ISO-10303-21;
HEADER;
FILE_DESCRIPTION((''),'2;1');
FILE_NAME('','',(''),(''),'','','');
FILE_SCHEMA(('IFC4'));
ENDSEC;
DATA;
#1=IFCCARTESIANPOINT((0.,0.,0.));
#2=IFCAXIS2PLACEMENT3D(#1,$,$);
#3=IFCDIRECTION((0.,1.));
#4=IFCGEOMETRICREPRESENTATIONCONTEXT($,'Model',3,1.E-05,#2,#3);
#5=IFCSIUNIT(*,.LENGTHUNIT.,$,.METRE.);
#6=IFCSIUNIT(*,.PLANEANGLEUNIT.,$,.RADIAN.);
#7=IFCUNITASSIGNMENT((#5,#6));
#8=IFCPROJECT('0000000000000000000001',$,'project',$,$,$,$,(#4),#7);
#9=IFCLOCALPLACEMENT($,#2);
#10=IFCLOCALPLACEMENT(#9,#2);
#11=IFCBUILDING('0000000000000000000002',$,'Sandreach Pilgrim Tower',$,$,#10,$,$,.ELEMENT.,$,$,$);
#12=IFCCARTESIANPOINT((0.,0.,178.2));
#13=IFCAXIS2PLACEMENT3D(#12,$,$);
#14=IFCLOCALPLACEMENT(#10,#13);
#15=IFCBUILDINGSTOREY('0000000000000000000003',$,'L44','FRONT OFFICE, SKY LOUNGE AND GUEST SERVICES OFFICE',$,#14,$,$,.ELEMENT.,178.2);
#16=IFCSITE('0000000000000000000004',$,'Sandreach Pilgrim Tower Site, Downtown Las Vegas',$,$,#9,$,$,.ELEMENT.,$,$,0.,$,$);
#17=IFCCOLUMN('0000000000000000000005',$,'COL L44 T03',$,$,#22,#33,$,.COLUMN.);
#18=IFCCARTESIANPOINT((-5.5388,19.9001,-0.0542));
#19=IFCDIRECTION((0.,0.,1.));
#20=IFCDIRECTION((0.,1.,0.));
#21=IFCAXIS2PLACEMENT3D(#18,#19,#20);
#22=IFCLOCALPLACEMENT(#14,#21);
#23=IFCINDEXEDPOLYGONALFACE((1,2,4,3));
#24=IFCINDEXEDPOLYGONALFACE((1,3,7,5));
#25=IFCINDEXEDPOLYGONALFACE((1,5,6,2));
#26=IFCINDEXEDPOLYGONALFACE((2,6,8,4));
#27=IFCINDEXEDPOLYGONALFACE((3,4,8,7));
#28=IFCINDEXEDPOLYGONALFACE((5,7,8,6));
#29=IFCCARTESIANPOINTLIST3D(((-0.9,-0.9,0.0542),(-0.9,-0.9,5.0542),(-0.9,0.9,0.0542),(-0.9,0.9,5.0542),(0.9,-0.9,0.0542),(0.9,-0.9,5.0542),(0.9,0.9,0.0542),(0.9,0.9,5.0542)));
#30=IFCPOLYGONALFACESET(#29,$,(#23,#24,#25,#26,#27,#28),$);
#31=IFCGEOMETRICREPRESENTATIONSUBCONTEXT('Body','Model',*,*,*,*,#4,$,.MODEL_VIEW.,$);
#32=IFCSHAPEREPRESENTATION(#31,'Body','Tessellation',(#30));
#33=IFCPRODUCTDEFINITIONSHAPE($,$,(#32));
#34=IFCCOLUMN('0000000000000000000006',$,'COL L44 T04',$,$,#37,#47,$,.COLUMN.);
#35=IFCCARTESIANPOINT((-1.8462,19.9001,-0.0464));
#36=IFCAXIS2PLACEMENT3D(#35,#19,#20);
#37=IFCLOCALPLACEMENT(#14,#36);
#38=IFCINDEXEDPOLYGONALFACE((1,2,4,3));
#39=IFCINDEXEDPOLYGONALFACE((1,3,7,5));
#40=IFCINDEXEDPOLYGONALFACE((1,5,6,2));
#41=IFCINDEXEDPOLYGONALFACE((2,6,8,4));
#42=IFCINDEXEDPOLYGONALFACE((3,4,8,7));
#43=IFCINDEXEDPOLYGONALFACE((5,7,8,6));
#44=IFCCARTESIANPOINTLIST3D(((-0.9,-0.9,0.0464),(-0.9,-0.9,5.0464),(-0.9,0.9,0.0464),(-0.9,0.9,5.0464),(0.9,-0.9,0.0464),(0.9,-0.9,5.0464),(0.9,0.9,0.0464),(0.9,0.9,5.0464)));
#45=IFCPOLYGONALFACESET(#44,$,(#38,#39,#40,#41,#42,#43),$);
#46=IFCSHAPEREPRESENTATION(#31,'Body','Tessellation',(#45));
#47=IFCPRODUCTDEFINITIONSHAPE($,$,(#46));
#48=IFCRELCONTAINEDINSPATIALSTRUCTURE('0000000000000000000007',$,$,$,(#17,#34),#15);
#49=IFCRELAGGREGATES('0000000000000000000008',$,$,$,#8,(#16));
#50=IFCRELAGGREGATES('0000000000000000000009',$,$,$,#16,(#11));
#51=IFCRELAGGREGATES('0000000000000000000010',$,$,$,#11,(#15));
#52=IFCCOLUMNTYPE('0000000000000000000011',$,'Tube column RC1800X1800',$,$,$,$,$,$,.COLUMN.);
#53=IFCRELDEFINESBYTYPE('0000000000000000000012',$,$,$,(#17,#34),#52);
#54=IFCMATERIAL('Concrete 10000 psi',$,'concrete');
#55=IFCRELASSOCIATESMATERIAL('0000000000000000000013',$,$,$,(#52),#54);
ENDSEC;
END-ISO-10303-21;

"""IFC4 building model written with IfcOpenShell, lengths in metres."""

from ifc_helpers import new_model, si_unit, direction, frame, origin, origin_2d, place, context, subcontext, project, spatial, rectangle, extrude, clip, halfspace, material, material_profile, profile_set, type_object, element, save


model = new_model("IFC4")

# Units and contexts
model_context = context("Model", 3, precision=1e-05, world=origin(), true_north=direction((0.0, 1.0)))
body_context = subcontext(model_context, "Body", "Model", "MODEL_VIEW")
ifc_project = project(units=[si_unit("LENGTHUNIT", "METRE"), si_unit("PLANEANGLEUNIT", "RADIAN")], contexts=[model_context])

# Site, building, storey
site_placement = place(None, origin())
site = spatial("IfcSite", under=ifc_project, at=site_placement, Name="Sandreach Pilgrim Tower Site, Downtown Las Vegas", CompositionType="ELEMENT", RefElevation=0.0)
building_placement = place(site_placement, origin())
building = spatial("IfcBuilding", under=site, at=building_placement, Name="Sandreach Pilgrim Tower", CompositionType="ELEMENT")
storey_placement = place(building_placement, frame((0.0, 0.0, 178.2)))
storey = spatial("IfcBuildingStorey", under=building, at=storey_placement, Name="L44", Description="FRONT OFFICE, SKY LOUNGE AND GUEST SERVICES OFFICE", CompositionType="ELEMENT", Elevation=178.2)

# Columns
ifc_material_1 = material(Name="Concrete 10000 psi", Category="concrete")
ifc_material_profile_1 = material_profile(ifc_material_1, rectangle(XDim=1.8, YDim=1.8, at=origin_2d()), Name="RC1800X1800")
ifc_profile_set_1 = profile_set([ifc_material_profile_1], Name="Concrete 10000 psi")
column_type = type_object("IfcColumnType", Name="Tube column RC1800X1800", PredefinedType="COLUMN", material=ifc_profile_set_1)
column_1_placement = place(storey_placement, frame((-5.5388, 19.9001, -0.0542), z_axis=(0.0, 0.0, 1.0), x_axis=(0.0, 1.0, 0.0)))
element("IfcColumn", 1, at=column_1_placement, inside=storey, type_object=column_type, Name="COL L44 T03", PredefinedType="COLUMN", context=body_context, shape_type="SweptSolid", body=[
    clip(extrude(rectangle(XDim=1.8, YDim=1.8, at=origin_2d()), origin(), (0.0, 0.0, 1.0), 5.0542), halfspace(frame((0.0, 0.0, 0.0542)), True)),
])
column_2_placement = place(storey_placement, frame((-1.8462, 19.9001, -0.0464), z_axis=(0.0, 0.0, 1.0), x_axis=(0.0, 1.0, 0.0)))
element("IfcColumn", 2, at=column_2_placement, inside=storey, type_object=column_type, Name="COL L44 T04", PredefinedType="COLUMN", context=body_context, shape_type="SweptSolid", body=[
    clip(extrude(rectangle(XDim=1.8, YDim=1.8, at=origin_2d()), origin(), (0.0, 0.0, 1.0), 5.0464), halfspace(frame((0.0, 0.0, 0.0464)), True)),
])

save(model, "model.ifc")
